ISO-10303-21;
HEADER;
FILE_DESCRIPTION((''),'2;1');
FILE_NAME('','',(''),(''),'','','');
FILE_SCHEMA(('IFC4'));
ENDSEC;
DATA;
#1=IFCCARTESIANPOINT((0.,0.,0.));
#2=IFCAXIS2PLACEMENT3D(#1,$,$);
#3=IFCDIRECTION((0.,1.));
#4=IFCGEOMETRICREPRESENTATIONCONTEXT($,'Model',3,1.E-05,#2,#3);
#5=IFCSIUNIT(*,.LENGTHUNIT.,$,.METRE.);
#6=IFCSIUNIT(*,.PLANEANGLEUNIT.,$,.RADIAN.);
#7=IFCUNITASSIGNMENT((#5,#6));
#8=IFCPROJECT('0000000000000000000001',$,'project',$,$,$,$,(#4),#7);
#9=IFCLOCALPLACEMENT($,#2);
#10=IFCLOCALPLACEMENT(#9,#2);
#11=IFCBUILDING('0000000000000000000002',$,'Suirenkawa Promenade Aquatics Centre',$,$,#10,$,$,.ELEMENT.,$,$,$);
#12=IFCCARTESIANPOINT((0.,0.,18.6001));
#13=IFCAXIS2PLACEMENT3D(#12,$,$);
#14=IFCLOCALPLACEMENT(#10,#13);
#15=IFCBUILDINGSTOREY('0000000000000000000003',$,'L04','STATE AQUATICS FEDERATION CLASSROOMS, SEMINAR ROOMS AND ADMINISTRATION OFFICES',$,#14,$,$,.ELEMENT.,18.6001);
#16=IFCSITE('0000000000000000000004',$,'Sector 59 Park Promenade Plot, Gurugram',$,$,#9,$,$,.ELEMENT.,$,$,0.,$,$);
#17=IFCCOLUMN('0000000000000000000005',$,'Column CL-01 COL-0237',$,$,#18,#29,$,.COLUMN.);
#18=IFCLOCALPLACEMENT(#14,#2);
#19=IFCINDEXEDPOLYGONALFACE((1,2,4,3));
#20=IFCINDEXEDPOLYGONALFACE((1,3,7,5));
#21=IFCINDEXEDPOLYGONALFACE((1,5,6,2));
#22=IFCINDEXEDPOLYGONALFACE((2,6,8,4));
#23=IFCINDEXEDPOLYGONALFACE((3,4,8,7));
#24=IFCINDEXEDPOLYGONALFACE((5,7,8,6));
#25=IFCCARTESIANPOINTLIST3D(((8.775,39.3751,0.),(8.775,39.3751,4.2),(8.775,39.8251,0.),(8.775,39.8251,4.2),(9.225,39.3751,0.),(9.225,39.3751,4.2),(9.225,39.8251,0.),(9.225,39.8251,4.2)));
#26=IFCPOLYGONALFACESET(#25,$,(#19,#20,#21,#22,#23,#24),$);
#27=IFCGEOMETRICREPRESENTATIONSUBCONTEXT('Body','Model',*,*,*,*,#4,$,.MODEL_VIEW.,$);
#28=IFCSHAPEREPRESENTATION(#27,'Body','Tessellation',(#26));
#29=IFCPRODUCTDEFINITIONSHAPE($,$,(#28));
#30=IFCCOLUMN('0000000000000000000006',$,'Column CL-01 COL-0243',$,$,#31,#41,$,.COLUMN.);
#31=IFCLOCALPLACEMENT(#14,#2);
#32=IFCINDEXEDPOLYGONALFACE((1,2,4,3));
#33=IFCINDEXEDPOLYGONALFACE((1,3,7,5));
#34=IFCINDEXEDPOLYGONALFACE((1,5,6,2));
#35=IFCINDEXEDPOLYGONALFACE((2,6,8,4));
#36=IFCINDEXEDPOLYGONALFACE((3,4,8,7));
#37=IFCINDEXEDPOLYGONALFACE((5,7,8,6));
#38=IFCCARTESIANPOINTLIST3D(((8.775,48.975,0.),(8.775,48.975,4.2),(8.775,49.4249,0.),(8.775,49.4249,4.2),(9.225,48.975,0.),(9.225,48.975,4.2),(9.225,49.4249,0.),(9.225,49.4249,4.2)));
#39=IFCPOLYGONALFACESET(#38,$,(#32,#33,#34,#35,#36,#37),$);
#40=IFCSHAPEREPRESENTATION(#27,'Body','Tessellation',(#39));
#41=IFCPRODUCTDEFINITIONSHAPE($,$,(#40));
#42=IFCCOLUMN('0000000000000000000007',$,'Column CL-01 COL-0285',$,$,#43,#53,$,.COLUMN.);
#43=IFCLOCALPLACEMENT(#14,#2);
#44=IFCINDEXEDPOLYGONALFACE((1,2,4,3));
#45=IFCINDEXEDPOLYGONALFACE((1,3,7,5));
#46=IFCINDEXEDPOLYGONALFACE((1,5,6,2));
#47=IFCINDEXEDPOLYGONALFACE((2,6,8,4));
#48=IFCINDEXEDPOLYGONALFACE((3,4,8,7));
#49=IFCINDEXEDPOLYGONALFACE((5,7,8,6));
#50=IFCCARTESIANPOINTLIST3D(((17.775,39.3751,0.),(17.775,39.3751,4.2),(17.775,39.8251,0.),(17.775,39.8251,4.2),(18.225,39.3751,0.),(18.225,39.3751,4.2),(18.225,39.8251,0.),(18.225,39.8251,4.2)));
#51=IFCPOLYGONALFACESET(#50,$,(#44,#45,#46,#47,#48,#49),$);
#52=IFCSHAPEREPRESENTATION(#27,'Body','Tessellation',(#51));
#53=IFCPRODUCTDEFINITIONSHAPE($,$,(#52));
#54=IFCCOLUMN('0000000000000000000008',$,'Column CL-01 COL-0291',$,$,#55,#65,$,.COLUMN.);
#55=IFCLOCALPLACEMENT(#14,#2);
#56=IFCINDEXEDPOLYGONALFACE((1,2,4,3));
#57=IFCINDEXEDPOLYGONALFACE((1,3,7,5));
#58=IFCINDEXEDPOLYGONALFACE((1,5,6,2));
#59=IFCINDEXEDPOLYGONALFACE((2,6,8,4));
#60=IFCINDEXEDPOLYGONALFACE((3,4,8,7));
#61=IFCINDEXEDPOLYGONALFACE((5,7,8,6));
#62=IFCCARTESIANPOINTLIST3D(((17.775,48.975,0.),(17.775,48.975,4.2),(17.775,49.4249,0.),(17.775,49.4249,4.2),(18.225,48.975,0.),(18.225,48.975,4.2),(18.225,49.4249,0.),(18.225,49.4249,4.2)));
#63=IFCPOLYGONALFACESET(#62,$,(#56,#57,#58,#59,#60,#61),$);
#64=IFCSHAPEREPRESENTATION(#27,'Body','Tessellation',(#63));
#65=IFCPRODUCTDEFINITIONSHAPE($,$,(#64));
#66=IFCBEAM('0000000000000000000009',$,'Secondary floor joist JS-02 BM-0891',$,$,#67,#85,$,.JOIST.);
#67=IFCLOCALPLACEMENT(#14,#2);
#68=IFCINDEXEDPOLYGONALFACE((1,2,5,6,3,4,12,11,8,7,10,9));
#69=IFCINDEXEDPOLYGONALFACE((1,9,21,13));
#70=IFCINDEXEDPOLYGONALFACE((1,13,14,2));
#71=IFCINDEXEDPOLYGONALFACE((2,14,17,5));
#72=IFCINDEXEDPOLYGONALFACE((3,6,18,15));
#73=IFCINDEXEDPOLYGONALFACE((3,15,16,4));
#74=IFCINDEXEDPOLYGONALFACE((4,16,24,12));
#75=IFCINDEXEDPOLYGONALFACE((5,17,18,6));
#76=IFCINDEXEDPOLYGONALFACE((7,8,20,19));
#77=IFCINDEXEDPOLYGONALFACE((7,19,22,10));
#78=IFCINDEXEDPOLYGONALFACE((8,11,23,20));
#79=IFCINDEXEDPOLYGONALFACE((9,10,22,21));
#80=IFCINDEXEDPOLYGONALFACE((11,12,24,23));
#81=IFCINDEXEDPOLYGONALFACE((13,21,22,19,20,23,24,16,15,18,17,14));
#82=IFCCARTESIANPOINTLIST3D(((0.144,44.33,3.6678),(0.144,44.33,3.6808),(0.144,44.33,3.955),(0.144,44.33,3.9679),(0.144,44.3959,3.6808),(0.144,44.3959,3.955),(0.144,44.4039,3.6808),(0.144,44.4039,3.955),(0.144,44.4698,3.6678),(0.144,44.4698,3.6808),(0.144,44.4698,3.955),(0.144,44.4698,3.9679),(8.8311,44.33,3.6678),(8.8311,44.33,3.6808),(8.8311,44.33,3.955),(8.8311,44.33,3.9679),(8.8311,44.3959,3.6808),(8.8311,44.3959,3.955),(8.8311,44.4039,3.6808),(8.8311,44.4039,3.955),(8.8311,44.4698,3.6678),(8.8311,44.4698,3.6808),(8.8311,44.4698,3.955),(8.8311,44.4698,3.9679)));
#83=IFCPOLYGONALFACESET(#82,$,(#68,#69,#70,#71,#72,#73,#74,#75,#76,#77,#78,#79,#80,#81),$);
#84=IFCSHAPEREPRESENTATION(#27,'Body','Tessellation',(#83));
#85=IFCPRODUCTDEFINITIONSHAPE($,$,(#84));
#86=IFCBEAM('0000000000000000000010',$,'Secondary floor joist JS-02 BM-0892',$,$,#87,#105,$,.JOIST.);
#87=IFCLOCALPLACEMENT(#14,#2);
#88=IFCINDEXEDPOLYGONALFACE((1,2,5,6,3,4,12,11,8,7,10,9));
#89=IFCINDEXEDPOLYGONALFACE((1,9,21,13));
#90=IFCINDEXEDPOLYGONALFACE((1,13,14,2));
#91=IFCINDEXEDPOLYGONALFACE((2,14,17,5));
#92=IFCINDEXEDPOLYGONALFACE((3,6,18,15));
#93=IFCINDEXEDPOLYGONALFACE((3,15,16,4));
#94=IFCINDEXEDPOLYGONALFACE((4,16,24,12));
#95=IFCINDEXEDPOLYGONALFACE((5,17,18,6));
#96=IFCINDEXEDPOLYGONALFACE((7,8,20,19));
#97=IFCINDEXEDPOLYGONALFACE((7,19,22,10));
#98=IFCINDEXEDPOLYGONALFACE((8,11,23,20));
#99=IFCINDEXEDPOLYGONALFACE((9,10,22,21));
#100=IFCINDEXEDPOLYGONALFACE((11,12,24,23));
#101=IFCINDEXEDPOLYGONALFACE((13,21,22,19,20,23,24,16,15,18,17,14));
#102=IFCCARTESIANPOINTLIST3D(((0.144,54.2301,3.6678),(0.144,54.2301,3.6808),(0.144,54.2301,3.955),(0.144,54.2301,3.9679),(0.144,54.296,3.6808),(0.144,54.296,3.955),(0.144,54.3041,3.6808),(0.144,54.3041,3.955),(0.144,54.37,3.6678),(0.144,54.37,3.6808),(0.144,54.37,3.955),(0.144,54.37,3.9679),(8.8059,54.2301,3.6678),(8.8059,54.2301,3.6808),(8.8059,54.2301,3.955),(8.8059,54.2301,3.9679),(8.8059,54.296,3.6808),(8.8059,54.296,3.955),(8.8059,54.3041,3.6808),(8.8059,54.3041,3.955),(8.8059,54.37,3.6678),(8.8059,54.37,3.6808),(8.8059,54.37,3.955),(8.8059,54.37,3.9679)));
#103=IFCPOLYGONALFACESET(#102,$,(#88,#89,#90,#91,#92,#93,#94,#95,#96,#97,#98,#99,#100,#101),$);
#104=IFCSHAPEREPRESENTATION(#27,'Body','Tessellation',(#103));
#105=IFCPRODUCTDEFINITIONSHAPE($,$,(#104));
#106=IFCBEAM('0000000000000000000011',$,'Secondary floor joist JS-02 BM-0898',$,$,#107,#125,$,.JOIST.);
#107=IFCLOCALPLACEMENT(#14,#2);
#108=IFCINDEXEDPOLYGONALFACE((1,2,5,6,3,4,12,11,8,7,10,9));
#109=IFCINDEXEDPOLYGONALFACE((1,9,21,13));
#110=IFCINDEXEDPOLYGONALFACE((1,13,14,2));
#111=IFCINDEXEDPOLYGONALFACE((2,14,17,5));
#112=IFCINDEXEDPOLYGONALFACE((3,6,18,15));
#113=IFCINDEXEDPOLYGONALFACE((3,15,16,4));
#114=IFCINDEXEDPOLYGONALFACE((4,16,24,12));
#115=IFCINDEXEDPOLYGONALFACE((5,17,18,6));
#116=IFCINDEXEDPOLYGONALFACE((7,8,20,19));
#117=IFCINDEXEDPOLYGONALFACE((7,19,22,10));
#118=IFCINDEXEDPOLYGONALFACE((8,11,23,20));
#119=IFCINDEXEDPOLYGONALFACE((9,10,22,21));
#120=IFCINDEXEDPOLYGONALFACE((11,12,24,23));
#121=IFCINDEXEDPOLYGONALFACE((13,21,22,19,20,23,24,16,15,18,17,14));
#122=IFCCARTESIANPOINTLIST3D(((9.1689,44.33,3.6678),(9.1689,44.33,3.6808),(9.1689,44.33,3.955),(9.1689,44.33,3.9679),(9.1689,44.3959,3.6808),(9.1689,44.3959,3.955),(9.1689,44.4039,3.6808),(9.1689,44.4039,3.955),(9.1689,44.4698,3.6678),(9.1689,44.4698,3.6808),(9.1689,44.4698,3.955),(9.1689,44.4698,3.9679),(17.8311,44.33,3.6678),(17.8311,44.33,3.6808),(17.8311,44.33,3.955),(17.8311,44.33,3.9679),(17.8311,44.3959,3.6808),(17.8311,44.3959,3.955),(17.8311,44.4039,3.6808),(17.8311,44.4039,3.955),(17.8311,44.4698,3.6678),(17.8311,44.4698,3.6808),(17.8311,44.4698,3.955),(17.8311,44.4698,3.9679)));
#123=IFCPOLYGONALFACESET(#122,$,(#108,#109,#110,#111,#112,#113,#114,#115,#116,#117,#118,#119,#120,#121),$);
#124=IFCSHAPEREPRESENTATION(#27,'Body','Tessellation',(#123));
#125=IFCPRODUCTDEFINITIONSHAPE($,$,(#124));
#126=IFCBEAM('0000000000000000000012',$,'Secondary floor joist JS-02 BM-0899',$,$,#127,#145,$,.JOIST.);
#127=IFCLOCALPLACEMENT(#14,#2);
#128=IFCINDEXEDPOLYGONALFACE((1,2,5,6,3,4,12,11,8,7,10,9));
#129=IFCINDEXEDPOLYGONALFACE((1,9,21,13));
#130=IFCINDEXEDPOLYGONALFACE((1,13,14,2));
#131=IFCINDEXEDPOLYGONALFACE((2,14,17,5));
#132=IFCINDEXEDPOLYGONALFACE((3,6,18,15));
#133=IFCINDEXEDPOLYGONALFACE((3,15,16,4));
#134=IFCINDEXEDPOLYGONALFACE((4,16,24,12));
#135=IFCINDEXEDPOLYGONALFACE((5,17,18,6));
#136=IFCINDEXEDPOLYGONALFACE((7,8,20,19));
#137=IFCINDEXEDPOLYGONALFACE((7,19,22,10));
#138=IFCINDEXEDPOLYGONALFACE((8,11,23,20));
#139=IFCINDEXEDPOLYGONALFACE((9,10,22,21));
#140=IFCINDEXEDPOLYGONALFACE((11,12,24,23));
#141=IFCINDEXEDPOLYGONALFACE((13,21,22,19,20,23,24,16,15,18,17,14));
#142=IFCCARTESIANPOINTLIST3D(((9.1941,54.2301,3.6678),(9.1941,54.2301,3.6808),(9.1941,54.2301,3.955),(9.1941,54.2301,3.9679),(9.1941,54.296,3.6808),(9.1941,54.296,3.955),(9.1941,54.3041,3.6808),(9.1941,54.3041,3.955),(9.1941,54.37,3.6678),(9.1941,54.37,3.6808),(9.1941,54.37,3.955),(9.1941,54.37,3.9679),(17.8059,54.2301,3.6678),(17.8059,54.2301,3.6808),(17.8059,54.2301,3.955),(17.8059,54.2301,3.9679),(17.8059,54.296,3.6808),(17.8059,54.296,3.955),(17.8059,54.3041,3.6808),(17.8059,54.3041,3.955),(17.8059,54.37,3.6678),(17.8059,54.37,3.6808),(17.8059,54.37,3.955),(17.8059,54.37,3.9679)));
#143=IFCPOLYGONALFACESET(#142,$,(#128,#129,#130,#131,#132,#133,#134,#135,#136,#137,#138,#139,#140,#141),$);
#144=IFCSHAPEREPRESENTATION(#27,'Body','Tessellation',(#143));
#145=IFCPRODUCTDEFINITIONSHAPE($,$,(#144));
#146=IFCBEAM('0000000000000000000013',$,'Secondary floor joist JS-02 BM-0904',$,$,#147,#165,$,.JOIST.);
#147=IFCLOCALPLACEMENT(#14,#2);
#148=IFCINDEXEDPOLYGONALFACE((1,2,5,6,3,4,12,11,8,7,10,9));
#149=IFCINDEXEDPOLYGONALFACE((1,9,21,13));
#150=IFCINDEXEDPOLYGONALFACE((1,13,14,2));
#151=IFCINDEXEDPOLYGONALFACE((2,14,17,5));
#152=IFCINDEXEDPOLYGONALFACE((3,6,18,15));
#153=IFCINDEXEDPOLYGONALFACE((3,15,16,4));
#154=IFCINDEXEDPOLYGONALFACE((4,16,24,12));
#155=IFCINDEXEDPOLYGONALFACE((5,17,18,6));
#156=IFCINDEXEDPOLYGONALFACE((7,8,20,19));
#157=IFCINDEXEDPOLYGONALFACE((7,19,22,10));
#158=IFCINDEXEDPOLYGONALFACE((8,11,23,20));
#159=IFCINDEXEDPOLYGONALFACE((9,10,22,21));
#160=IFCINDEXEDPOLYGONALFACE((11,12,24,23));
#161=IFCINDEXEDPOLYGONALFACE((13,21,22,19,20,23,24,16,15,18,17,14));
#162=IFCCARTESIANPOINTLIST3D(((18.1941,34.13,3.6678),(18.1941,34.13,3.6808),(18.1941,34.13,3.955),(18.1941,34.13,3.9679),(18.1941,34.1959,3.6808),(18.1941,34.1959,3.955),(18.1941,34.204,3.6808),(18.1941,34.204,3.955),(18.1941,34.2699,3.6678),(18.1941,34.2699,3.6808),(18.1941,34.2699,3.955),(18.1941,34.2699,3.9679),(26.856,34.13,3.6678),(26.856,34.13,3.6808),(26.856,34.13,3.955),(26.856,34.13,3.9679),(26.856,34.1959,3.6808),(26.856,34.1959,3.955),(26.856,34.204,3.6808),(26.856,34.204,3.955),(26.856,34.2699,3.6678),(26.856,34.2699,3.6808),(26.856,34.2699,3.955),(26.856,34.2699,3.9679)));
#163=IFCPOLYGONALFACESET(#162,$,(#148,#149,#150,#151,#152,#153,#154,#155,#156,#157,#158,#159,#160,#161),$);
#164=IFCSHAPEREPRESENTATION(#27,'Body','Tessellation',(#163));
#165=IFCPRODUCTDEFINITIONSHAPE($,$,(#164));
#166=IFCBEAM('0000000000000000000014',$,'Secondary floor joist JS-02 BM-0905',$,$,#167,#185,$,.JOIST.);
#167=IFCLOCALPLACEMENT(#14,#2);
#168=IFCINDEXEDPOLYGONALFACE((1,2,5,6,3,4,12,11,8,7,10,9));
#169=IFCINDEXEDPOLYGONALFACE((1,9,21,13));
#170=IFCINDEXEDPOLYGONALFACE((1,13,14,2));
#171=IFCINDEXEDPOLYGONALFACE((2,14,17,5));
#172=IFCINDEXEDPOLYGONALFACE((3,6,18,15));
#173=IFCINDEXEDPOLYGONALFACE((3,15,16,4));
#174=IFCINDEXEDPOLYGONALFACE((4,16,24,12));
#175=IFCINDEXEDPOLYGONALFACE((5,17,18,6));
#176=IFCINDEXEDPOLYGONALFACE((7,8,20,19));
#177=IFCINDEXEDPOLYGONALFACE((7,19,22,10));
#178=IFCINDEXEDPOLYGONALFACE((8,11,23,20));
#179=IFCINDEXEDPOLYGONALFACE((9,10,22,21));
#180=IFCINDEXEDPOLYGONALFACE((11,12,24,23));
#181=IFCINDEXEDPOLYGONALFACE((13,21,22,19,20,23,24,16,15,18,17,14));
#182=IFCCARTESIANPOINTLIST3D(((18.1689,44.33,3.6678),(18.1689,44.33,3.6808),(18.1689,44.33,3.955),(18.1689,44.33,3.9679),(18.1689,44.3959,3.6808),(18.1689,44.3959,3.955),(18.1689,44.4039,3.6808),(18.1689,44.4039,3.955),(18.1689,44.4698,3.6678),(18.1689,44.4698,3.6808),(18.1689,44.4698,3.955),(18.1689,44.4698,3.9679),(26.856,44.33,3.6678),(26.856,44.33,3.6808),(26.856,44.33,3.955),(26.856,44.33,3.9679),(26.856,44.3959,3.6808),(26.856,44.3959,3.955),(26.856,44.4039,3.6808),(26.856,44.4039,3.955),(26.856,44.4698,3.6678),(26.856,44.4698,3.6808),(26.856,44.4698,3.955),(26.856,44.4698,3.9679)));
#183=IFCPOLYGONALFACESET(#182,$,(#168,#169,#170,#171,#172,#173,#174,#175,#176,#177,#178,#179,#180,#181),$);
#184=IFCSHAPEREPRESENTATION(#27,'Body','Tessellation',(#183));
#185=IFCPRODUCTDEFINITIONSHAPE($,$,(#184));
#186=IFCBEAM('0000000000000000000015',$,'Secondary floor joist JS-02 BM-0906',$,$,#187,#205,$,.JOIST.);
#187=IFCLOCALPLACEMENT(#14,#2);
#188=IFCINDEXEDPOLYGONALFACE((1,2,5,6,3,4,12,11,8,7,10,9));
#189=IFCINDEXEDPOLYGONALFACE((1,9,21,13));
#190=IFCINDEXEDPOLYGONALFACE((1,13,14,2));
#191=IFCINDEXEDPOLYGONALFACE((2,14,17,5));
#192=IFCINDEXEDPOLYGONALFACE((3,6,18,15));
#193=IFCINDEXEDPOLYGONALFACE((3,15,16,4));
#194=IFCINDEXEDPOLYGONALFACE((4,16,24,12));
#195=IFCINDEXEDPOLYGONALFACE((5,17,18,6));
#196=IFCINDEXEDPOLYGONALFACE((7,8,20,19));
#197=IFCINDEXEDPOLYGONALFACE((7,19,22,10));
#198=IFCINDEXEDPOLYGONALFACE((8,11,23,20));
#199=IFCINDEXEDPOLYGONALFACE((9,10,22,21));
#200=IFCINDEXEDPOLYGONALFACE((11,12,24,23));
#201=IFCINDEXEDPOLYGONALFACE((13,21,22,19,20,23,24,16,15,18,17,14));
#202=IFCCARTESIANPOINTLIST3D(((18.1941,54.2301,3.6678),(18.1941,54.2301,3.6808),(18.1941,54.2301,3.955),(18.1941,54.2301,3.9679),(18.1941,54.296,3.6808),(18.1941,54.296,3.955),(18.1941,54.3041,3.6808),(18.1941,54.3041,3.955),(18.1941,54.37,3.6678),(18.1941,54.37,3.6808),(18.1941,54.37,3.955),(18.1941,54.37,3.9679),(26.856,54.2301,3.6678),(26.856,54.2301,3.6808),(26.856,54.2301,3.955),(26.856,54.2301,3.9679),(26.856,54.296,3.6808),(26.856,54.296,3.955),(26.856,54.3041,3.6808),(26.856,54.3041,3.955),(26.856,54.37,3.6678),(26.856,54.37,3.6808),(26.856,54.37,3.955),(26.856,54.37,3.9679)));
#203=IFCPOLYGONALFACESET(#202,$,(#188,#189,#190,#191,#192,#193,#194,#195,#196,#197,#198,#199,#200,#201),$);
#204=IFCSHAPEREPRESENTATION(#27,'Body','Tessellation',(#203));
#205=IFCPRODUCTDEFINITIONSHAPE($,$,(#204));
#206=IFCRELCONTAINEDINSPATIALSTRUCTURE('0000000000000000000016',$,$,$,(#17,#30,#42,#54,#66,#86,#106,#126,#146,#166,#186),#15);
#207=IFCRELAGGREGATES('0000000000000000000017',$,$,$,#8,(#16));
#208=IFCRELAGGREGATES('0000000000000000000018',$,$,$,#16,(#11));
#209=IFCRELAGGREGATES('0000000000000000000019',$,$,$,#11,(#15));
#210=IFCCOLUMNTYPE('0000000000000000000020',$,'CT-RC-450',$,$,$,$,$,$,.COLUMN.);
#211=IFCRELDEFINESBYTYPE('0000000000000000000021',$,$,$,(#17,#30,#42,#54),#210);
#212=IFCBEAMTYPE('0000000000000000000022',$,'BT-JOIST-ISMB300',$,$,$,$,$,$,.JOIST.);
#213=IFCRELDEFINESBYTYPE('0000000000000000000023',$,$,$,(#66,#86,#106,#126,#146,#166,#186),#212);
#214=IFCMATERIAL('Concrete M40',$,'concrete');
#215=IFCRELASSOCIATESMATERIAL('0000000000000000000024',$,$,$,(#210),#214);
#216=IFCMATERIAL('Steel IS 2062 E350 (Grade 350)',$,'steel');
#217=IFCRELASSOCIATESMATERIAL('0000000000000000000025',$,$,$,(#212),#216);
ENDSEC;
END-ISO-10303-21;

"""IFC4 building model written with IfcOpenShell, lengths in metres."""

from ifc_helpers import new_model, si_unit, direction, frame, origin, origin_2d, place, context, subcontext, project, spatial, rectangle, i_section, extrude, material, material_profile, profile_set, type_object, element, save


model = new_model("IFC4")

# Units and contexts
model_context = context("Model", 3, precision=1e-05, world=origin(), true_north=direction((0.0, 1.0)))
body_context = subcontext(model_context, "Body", "Model", "MODEL_VIEW")
ifc_project = project(units=[si_unit("LENGTHUNIT", "METRE"), si_unit("PLANEANGLEUNIT", "RADIAN")], contexts=[model_context])

# Site, building, storey
site_placement = place(None, origin())
site = spatial("IfcSite", under=ifc_project, at=site_placement, Name="Sector 59 Park Promenade Plot, Gurugram", CompositionType="ELEMENT", RefElevation=0.0)
building_placement = place(site_placement, origin())
building = spatial("IfcBuilding", under=site, at=building_placement, Name="Suirenkawa Promenade Aquatics Centre", CompositionType="ELEMENT")
storey_placement = place(building_placement, frame((0.0, 0.0, 18.6001)))
storey = spatial("IfcBuildingStorey", under=building, at=storey_placement, Name="L04", Description="STATE AQUATICS FEDERATION CLASSROOMS, SEMINAR ROOMS AND ADMINISTRATION OFFICES", CompositionType="ELEMENT", Elevation=18.6001)

# Columns
ifc_material_1 = material(Name="Concrete M40", Category="concrete")
ifc_material_profile_1 = material_profile(ifc_material_1, rectangle(XDim=0.45, YDim=0.45, at=origin_2d()), Name="RC COL 450x450", Category="concrete")
ifc_profile_set_1 = profile_set([ifc_material_profile_1], Name="Concrete M40")
column_type = type_object("IfcColumnType", Name="CT-RC-450", PredefinedType="COLUMN", material=ifc_profile_set_1)
for number, where, z_axis, x_axis, name in (
    (1, (9.0, 39.6001, 0.0), (0.0, 0.0, 1.0), (1.0, 0.0, 0.0), "Column CL-01 COL-0237"),
    (2, (9.0, 49.2, 0.0), (0.0, 0.0, 1.0), (1.0, 0.0, 0.0), "Column CL-01 COL-0243"),
    (3, (18.0, 39.6001, 0.0), (0.0, 0.0, 1.0), (1.0, 0.0, 0.0), "Column CL-01 COL-0285"),
    (4, (18.0, 49.2, 0.0), (0.0, 0.0, 1.0), (1.0, 0.0, 0.0), "Column CL-01 COL-0291"),
):
    element("IfcColumn", number, at=place(storey_placement, frame(where, z_axis=z_axis, x_axis=x_axis)), inside=storey, type_object=column_type, Name=name, PredefinedType="COLUMN", context=body_context, shape_type="SweptSolid", body=[
        extrude(rectangle(XDim=0.45, YDim=0.45, at=origin_2d()), origin(), (0.0, 0.0, 1.0), 4.2),
    ])

# Beams
ifc_material_2 = material(Name="Steel IS 2062 E350 (Grade 350)", Category="steel")
ifc_material_profile_2 = material_profile(ifc_material_2, i_section(OverallWidth=0.1399, OverallDepth=0.3, WebThickness=0.0081, FlangeThickness=0.0129, at=origin_2d()), Name="ISMB 300", Category="steel")
ifc_profile_set_2 = profile_set([ifc_material_profile_2], Name="Steel IS 2062 E350 (Grade 350)")
beam_type_1 = type_object("IfcBeamType", Name="BT-JOIST-ISMB300", PredefinedType="JOIST", material=ifc_profile_set_2)
beam_1_placement = place(storey_placement, frame((0.144, 44.3999, 3.8179), z_axis=(1.0, 0.0, 0.0), x_axis=(0.0, 1.0, 0.0)))
element("IfcBeam", 5, at=beam_1_placement, inside=storey, type_object=beam_type_1, Name="Secondary floor joist JS-02 BM-0891", PredefinedType="JOIST", context=body_context, shape_type="SweptSolid", body=[
    extrude(i_section(OverallWidth=0.1399, OverallDepth=0.3, WebThickness=0.0081, FlangeThickness=0.0129, at=origin_2d()), origin(), (0.0, 0.0, 1.0), 8.687),
])
beam_2_placement = place(storey_placement, frame((0.144, 54.3, 3.8179), z_axis=(1.0, 0.0, 0.0), x_axis=(0.0, 1.0, 0.0)))
element("IfcBeam", 6, at=beam_2_placement, inside=storey, type_object=beam_type_1, Name="Secondary floor joist JS-02 BM-0892", PredefinedType="JOIST", context=body_context, shape_type="SweptSolid", body=[
    extrude(i_section(OverallWidth=0.1399, OverallDepth=0.3, WebThickness=0.0081, FlangeThickness=0.0129, at=origin_2d()), origin(), (0.0, 0.0, 1.0), 8.6619),
])
beam_3_placement = place(storey_placement, frame((9.1689, 44.3999, 3.8179), z_axis=(1.0, 0.0, 0.0), x_axis=(0.0, 1.0, 0.0)))
element("IfcBeam", 7, at=beam_3_placement, inside=storey, type_object=beam_type_1, Name="Secondary floor joist JS-02 BM-0898", PredefinedType="JOIST", context=body_context, shape_type="SweptSolid", body=[
    extrude(i_section(OverallWidth=0.1399, OverallDepth=0.3, WebThickness=0.0081, FlangeThickness=0.0129, at=origin_2d()), origin(), (0.0, 0.0, 1.0), 8.6621),
])
beam_4_placement = place(storey_placement, frame((9.1941, 54.3, 3.8179), z_axis=(1.0, 0.0, 0.0), x_axis=(0.0, 1.0, 0.0)))
element("IfcBeam", 8, at=beam_4_placement, inside=storey, type_object=beam_type_1, Name="Secondary floor joist JS-02 BM-0899", PredefinedType="JOIST", context=body_context, shape_type="SweptSolid", body=[
    extrude(i_section(OverallWidth=0.1399, OverallDepth=0.3, WebThickness=0.0081, FlangeThickness=0.0129, at=origin_2d()), origin(), (0.0, 0.0, 1.0), 8.6118),
])
beam_5_placement = place(storey_placement, frame((18.1941, 34.2, 3.8179), z_axis=(1.0, 0.0, 0.0), x_axis=(0.0, 1.0, 0.0)))
element("IfcBeam", 9, at=beam_5_placement, inside=storey, type_object=beam_type_1, Name="Secondary floor joist JS-02 BM-0904", PredefinedType="JOIST", context=body_context, shape_type="SweptSolid", body=[
    extrude(i_section(OverallWidth=0.1399, OverallDepth=0.3, WebThickness=0.0081, FlangeThickness=0.0129, at=origin_2d()), origin(), (0.0, 0.0, 1.0), 8.6619),
])
beam_6_placement = place(storey_placement, frame((18.1689, 44.3999, 3.8179), z_axis=(1.0, 0.0, 0.0), x_axis=(0.0, 1.0, 0.0)))
element("IfcBeam", 10, at=beam_6_placement, inside=storey, type_object=beam_type_1, Name="Secondary floor joist JS-02 BM-0905", PredefinedType="JOIST", context=body_context, shape_type="SweptSolid", body=[
    extrude(i_section(OverallWidth=0.1399, OverallDepth=0.3, WebThickness=0.0081, FlangeThickness=0.0129, at=origin_2d()), origin(), (0.0, 0.0, 1.0), 8.687),
])
beam_7_placement = place(storey_placement, frame((18.1941, 54.3, 3.8179), z_axis=(1.0, 0.0, 0.0), x_axis=(0.0, 1.0, 0.0)))
element("IfcBeam", 11, at=beam_7_placement, inside=storey, type_object=beam_type_1, Name="Secondary floor joist JS-02 BM-0906", PredefinedType="JOIST", context=body_context, shape_type="SweptSolid", body=[
    extrude(i_section(OverallWidth=0.1399, OverallDepth=0.3, WebThickness=0.0081, FlangeThickness=0.0129, at=origin_2d()), origin(), (0.0, 0.0, 1.0), 8.6619),
])

save(model, "model.ifc")
